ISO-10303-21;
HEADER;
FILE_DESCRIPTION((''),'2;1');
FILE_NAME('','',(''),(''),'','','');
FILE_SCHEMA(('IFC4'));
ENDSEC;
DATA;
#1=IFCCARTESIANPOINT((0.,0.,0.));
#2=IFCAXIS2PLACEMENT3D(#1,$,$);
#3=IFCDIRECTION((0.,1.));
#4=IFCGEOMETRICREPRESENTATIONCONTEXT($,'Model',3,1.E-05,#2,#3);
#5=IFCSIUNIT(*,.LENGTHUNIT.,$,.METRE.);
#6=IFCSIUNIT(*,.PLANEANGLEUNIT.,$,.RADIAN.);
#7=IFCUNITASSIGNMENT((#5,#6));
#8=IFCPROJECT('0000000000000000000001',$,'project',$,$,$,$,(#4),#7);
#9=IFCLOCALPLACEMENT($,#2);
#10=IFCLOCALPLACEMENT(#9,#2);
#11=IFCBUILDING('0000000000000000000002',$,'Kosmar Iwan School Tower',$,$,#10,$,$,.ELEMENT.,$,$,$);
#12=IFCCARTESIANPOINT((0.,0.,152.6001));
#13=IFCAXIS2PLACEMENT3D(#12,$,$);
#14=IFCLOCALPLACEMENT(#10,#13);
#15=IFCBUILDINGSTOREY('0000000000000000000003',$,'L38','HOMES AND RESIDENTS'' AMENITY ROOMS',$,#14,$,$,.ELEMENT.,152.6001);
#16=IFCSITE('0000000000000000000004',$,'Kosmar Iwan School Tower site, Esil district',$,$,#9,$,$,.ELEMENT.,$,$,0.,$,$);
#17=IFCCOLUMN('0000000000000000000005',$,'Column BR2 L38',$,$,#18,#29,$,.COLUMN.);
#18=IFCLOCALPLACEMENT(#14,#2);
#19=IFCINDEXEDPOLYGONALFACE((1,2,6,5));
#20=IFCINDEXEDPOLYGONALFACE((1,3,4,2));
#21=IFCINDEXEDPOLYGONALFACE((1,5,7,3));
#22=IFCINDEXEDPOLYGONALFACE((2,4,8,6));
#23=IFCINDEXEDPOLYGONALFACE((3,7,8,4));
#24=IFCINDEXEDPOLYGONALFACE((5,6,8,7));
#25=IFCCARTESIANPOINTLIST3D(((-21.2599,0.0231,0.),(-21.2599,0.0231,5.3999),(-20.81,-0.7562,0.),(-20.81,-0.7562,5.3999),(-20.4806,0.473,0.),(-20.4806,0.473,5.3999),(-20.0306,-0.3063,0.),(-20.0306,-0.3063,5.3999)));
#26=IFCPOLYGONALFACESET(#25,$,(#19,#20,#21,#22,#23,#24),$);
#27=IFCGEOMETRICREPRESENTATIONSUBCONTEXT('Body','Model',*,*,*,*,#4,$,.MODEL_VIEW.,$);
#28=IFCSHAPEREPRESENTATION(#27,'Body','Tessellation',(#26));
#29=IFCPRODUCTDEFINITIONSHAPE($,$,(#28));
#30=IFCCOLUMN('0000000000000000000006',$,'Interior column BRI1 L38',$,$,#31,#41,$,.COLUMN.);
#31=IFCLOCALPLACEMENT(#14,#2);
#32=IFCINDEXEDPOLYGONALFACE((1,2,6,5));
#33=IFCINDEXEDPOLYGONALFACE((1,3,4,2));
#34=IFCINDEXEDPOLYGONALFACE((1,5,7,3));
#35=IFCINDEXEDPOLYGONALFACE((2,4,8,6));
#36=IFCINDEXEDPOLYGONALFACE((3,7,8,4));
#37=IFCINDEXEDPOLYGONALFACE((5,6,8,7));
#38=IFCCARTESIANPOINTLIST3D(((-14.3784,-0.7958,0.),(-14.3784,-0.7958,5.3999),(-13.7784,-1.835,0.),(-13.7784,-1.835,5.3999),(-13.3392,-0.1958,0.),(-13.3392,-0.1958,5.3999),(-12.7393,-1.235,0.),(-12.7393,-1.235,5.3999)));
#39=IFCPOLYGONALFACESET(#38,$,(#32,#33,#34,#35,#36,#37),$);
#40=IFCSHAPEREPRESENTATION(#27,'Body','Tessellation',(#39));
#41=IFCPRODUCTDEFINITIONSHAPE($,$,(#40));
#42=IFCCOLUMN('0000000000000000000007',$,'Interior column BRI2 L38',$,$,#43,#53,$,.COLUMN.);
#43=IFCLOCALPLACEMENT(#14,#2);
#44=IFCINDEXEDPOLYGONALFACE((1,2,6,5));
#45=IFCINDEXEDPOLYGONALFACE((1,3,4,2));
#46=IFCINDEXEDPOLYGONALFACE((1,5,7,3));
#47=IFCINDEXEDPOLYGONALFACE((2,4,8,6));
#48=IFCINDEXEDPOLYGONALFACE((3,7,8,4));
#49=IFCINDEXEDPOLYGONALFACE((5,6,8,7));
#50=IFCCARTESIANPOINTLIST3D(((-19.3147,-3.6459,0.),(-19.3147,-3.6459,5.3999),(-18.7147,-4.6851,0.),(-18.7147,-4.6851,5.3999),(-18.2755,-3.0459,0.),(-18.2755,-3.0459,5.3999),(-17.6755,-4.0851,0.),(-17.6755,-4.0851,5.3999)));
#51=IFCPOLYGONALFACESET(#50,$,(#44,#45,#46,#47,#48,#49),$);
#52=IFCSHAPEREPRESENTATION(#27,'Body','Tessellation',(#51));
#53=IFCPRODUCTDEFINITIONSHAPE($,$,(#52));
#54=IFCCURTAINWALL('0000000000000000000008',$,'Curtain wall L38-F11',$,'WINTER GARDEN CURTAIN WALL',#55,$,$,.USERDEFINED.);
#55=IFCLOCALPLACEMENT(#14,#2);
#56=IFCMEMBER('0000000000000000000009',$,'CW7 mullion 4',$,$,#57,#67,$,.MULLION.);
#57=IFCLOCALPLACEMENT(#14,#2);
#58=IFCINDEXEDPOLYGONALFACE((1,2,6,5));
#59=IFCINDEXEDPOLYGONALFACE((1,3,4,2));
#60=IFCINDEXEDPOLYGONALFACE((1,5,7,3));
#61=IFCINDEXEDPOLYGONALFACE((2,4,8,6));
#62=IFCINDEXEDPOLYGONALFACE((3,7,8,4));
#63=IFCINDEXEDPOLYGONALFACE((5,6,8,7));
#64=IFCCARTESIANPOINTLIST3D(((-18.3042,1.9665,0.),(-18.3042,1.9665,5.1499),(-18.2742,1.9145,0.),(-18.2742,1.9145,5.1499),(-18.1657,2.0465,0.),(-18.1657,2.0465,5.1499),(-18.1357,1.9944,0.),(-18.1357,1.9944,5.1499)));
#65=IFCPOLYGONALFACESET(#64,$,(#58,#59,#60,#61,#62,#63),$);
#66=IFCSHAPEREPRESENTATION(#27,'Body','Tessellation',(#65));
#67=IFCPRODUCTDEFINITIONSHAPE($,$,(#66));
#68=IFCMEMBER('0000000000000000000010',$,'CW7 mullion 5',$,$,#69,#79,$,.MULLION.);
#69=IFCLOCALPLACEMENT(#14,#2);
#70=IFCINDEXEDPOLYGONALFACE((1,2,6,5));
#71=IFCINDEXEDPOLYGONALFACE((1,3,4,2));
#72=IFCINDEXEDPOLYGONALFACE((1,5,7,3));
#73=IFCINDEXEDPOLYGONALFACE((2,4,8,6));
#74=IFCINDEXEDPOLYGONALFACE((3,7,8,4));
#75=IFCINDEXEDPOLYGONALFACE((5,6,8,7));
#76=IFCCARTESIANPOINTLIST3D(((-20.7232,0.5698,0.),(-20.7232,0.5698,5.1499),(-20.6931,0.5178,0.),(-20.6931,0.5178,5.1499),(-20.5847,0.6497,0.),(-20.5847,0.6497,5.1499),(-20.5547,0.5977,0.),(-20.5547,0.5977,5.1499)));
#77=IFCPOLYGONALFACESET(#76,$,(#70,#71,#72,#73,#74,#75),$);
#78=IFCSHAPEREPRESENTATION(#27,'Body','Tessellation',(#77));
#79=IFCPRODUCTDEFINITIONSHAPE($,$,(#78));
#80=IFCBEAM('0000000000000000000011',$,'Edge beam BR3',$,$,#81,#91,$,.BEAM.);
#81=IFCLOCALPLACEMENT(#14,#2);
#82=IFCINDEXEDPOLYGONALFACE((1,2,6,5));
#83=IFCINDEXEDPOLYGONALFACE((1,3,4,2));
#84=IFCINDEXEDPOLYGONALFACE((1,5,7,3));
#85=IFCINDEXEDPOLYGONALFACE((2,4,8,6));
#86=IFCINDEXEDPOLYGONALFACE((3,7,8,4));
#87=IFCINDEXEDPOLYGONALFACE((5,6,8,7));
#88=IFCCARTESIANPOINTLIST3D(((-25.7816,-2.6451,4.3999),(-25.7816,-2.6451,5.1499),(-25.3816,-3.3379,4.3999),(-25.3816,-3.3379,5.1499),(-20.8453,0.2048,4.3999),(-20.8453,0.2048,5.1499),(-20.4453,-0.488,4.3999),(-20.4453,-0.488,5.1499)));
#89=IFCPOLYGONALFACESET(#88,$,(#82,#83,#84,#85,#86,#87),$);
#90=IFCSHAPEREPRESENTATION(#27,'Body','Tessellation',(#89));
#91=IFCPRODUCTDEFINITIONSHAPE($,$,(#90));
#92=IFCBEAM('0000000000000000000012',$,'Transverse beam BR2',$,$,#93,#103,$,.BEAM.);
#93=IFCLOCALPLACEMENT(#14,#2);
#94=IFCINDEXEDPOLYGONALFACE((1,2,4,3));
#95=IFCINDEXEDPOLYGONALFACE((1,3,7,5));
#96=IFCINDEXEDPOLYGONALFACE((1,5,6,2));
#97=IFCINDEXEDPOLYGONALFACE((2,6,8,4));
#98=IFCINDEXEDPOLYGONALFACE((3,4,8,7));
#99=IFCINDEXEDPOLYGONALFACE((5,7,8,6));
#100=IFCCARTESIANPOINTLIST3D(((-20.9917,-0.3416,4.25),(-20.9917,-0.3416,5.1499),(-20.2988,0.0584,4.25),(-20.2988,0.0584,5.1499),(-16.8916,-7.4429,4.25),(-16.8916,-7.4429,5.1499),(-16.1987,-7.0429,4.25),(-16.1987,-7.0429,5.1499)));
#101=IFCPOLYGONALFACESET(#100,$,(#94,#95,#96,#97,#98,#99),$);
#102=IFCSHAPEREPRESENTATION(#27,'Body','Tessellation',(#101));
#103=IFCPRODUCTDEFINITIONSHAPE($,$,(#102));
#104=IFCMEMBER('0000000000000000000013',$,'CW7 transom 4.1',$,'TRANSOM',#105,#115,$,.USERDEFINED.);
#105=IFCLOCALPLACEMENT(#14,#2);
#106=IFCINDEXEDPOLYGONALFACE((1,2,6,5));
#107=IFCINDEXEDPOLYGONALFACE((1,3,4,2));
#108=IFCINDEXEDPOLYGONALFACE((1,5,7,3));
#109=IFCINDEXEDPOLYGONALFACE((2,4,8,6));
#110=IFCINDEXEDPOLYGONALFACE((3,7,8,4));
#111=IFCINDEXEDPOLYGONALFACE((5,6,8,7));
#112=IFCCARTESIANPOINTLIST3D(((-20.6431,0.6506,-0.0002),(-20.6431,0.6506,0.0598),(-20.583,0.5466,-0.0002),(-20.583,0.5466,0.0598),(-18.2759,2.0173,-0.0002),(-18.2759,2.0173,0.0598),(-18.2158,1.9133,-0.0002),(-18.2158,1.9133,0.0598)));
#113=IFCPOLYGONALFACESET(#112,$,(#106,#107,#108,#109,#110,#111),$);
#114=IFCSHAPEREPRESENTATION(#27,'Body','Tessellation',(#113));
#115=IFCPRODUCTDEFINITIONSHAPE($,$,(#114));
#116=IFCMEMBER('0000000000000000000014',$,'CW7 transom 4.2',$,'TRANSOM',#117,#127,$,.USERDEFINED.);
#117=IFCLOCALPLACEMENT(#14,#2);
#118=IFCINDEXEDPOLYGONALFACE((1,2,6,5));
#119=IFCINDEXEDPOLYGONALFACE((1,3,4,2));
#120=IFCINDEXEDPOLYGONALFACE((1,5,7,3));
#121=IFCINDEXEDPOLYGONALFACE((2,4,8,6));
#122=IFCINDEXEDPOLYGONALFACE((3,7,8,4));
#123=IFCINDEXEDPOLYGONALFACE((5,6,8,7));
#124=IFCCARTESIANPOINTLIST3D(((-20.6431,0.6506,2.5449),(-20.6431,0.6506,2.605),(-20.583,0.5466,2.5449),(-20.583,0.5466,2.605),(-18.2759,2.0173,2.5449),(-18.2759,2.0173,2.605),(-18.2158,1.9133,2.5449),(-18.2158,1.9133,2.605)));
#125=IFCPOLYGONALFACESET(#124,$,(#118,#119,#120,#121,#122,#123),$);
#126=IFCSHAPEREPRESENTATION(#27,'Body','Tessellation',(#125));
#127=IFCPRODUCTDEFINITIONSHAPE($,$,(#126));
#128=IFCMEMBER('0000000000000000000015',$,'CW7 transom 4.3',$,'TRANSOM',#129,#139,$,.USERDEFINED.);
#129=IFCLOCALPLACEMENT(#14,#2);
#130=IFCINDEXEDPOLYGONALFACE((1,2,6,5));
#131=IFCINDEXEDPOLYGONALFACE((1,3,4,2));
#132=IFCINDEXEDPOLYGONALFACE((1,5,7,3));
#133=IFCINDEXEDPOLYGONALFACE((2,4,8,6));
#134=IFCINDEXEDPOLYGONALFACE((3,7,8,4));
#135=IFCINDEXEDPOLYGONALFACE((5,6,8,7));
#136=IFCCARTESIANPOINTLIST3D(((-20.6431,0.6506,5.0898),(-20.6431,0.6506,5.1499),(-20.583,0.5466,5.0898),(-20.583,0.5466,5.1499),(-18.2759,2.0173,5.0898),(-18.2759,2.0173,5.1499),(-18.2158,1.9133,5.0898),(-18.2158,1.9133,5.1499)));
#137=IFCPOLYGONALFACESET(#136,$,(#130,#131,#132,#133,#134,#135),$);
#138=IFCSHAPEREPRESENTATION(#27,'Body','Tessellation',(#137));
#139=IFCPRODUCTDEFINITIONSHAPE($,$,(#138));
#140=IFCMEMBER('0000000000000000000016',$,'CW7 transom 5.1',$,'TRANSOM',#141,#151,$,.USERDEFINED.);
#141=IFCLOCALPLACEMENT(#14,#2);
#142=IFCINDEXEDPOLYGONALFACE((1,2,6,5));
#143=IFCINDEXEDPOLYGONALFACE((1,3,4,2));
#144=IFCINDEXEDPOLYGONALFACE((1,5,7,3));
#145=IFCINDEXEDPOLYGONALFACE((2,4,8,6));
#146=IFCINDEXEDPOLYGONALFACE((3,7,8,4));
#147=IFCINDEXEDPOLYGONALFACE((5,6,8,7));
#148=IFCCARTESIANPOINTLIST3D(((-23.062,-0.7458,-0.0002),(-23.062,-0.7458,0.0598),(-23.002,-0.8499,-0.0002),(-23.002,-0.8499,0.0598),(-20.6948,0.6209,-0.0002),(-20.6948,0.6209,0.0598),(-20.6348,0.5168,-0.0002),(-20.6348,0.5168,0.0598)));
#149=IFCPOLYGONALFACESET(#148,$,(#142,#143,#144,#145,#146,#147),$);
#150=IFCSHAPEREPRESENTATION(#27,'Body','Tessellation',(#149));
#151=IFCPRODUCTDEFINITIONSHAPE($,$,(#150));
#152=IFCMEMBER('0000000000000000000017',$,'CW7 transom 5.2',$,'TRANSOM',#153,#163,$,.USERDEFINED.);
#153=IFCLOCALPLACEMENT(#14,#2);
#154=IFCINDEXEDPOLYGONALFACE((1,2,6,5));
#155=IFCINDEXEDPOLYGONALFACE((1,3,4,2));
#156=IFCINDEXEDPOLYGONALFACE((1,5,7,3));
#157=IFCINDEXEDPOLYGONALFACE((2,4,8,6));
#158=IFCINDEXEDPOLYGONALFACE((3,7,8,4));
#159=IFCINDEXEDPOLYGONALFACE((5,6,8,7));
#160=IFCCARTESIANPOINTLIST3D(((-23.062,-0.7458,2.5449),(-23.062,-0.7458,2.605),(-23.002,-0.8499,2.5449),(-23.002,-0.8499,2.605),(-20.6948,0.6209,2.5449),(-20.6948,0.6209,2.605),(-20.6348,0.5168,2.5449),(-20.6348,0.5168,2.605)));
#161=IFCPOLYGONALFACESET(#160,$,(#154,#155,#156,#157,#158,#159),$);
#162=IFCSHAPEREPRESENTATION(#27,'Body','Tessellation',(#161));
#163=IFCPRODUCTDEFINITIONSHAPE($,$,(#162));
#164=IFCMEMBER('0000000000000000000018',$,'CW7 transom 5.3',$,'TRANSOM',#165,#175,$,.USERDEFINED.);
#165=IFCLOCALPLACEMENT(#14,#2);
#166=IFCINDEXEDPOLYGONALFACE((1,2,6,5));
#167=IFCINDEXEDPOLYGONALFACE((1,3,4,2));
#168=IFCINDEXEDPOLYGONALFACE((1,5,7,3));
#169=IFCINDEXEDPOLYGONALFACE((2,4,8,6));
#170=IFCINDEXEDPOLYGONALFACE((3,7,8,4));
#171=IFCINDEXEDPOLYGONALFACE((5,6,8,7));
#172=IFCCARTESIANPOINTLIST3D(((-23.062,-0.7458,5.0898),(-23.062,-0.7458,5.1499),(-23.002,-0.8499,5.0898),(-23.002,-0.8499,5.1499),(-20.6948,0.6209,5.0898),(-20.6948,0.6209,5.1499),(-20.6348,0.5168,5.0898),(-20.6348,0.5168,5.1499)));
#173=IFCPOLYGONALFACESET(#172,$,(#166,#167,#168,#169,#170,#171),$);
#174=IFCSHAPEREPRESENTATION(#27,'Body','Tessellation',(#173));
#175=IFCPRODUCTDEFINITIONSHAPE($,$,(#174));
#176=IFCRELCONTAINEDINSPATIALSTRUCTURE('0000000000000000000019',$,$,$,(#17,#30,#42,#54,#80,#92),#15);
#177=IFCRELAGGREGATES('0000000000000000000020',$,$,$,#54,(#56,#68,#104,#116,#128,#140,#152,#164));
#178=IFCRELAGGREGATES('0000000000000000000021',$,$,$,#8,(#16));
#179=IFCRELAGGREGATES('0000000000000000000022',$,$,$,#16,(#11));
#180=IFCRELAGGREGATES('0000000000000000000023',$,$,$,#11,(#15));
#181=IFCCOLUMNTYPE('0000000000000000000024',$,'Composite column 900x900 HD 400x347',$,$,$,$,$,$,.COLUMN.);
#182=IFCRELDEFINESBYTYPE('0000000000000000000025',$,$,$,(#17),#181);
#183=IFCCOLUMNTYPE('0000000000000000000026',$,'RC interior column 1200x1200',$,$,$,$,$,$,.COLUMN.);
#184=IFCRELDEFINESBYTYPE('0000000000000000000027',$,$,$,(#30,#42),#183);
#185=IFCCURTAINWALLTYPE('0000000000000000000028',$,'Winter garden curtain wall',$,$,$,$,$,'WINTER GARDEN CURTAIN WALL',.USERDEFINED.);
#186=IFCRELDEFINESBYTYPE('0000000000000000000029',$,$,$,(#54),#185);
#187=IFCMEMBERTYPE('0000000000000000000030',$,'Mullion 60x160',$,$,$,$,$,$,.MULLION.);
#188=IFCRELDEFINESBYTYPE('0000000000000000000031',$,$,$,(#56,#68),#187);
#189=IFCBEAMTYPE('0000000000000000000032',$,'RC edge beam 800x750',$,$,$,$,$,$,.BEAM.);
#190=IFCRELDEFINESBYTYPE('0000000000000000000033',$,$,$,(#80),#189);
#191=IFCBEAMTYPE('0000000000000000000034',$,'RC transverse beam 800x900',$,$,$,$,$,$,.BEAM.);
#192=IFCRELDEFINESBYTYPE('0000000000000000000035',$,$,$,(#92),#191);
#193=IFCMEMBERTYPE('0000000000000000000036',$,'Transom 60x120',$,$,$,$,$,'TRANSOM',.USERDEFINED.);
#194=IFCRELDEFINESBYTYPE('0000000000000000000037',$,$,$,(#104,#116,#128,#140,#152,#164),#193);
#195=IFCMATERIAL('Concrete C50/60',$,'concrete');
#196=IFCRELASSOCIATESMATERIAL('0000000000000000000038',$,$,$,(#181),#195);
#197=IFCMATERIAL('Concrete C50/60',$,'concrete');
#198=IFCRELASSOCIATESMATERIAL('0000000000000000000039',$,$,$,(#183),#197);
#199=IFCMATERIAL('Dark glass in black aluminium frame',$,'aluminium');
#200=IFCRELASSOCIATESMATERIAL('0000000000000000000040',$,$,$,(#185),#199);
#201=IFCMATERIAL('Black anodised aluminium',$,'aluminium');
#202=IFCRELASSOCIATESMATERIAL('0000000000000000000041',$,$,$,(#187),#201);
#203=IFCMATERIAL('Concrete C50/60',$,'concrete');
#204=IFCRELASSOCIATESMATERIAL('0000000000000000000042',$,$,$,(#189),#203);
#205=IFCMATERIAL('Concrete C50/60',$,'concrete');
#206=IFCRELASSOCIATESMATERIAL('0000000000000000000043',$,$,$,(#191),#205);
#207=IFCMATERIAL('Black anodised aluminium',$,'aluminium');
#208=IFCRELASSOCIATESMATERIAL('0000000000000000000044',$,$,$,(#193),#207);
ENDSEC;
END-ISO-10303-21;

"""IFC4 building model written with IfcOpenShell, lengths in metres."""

from ifc_helpers import new_model, si_unit, direction, frame, origin, origin_2d, place, context, subcontext, project, spatial, rectangle, extrude, material, material_profile, profile_set, type_object, element, aggregate, save


model = new_model("IFC4")

# Units and contexts
model_context = context("Model", 3, precision=1e-05, world=origin(), true_north=direction((0.0, 1.0)))
body_context = subcontext(model_context, "Body", "Model", "MODEL_VIEW")
ifc_project = project(units=[si_unit("LENGTHUNIT", "METRE"), si_unit("PLANEANGLEUNIT", "RADIAN")], contexts=[model_context])

# Site, building, storey
site_placement = place(None, origin())
site = spatial("IfcSite", under=ifc_project, at=site_placement, Name="Kosmar Iwan School Tower site, Esil district", CompositionType="ELEMENT", RefElevation=0.0)
building_placement = place(site_placement, origin())
building = spatial("IfcBuilding", under=site, at=building_placement, Name="Kosmar Iwan School Tower", CompositionType="ELEMENT")
storey_placement = place(building_placement, frame((0.0, 0.0, 152.6001)))
storey = spatial("IfcBuildingStorey", under=building, at=storey_placement, Name="L38", Description="HOMES AND RESIDENTS' AMENITY ROOMS", CompositionType="ELEMENT", Elevation=152.6001)

# Columns
ifc_material_1 = material(Name="Concrete C50/60", Category="concrete")
ifc_material_profile_1 = material_profile(ifc_material_1, rectangle(XDim=0.8999, YDim=0.8999, at=origin_2d()), Name="RC 900x900 + HD 400x347")
ifc_profile_set_1 = profile_set([ifc_material_profile_1], Name="Concrete C50/60")
column_type_1 = type_object("IfcColumnType", Name="Composite column 900x900 HD 400x347", PredefinedType="COLUMN", material=ifc_profile_set_1)
column_placement = place(storey_placement, frame((-20.6453, -0.1416, 0.0), z_axis=(0.0, 0.0, 1.0), x_axis=(-0.866025, -0.5, 0.0)))
element("IfcColumn", 1, at=column_placement, inside=storey, type_object=column_type_1, Name="Column BR2 L38", PredefinedType="COLUMN", context=body_context, shape_type="SweptSolid", body=[
    extrude(rectangle(XDim=0.8999, YDim=0.8999, at=origin_2d()), origin(), (0.0, 0.0, 1.0), 5.3999),
])
ifc_material_2 = material(Name="Concrete C50/60", Category="concrete")
ifc_material_profile_2 = material_profile(ifc_material_2, rectangle(XDim=1.2, YDim=1.2, at=origin_2d()), Name="RC 1200x1200")
ifc_profile_set_2 = profile_set([ifc_material_profile_2], Name="Concrete C50/60")
column_type_2 = type_object("IfcColumnType", Name="RC interior column 1200x1200", PredefinedType="COLUMN", material=ifc_profile_set_2)
for number, where, z_axis, x_axis, name in (
    (2, (-13.5588, -1.0154, 0.0), (0.0, 0.0, 1.0), (-0.866025, -0.5, 0.0), "Interior column BRI1 L38"),
    (3, (-18.4951, -3.8655, 0.0), (0.0, 0.0, 1.0), (-0.866025, -0.5, 0.0), "Interior column BRI2 L38"),
):
    element("IfcColumn", number, at=place(storey_placement, frame(where, z_axis=z_axis, x_axis=x_axis)), inside=storey, type_object=column_type_2, Name=name, PredefinedType="COLUMN", context=body_context, shape_type="SweptSolid", body=[
        extrude(rectangle(XDim=1.2, YDim=1.2, at=origin_2d()), origin(), (0.0, 0.0, 1.0), 5.3999),
    ])

# Curtain wall, members
ifc_material_3 = material(Name="Dark glass in black aluminium frame", Category="aluminium")
curtain_wall_type = type_object("IfcCurtainWallType", Name="Winter garden curtain wall", ElementType="WINTER GARDEN CURTAIN WALL", PredefinedType="USERDEFINED", material=ifc_material_3)
curtain_wall_placement = place(storey_placement, origin())
curtain_wall = element("IfcCurtainWall", 4, at=curtain_wall_placement, inside=storey, type_object=curtain_wall_type, Name="Curtain wall L38-F11", ObjectType="WINTER GARDEN CURTAIN WALL", PredefinedType="USERDEFINED")
ifc_material_4 = material(Name="Black anodised aluminium", Category="aluminium")
ifc_material_profile_3 = material_profile(ifc_material_4, rectangle(XDim=0.0601, YDim=0.1599, at=origin_2d()), Name="MULLION 60x160")
ifc_profile_set_3 = profile_set([ifc_material_profile_3], Name="Black anodised aluminium")
member_type_1 = type_object("IfcMemberType", Name="Mullion 60x160", PredefinedType="MULLION", material=ifc_profile_set_3)
member_1_placement = place(storey_placement, frame((-18.22, 1.9805, 0.0), z_axis=(0.0, 0.0, 1.0), x_axis=(0.5, -0.866025, 0.0)))
member_1 = element("IfcMember", 5, at=member_1_placement, type_object=member_type_1, Name="CW7 mullion 4", PredefinedType="MULLION", context=body_context, shape_type="SweptSolid", body=[
    extrude(rectangle(XDim=0.0601, YDim=0.1599, at=origin_2d()), origin(), (0.0, 0.0, 1.0), 5.1499),
])
member_2_placement = place(storey_placement, frame((-20.6389, 0.5837, 0.0), z_axis=(0.0, 0.0, 1.0), x_axis=(0.5, -0.866025, 0.0)))
member_2 = element("IfcMember", 6, at=member_2_placement, type_object=member_type_1, Name="CW7 mullion 5", PredefinedType="MULLION", context=body_context, shape_type="SweptSolid", body=[
    extrude(rectangle(XDim=0.0601, YDim=0.1599, at=origin_2d()), origin(), (0.0, 0.0, 1.0), 5.1499),
])

# Beams
ifc_material_5 = material(Name="Concrete C50/60", Category="concrete")
ifc_material_profile_4 = material_profile(ifc_material_5, rectangle(XDim=0.8, YDim=0.75, at=origin_2d()), Name="RC 800x750")
ifc_profile_set_4 = profile_set([ifc_material_profile_4], Name="Concrete C50/60")
beam_type_1 = type_object("IfcBeamType", Name="RC edge beam 800x750", PredefinedType="BEAM", material=ifc_profile_set_4)
beam_1_placement = place(storey_placement, frame((-20.6453, -0.1416, 4.7749), z_axis=(-0.866034, -0.499986, 0.0), x_axis=(0.499986, -0.866034, 0.0)))
element("IfcBeam", 7, at=beam_1_placement, inside=storey, type_object=beam_type_1, Name="Edge beam BR3", PredefinedType="BEAM", context=body_context, shape_type="SweptSolid", body=[
    extrude(rectangle(XDim=0.8, YDim=0.75, at=origin_2d()), origin(), (0.0, 0.0, 1.0), 5.7),
])
ifc_material_6 = material(Name="Concrete C50/60", Category="concrete")
ifc_material_profile_5 = material_profile(ifc_material_6, rectangle(XDim=0.8, YDim=0.8999, at=origin_2d()), Name="RC 800x900")
ifc_profile_set_5 = profile_set([ifc_material_profile_5], Name="Concrete C50/60")
beam_type_2 = type_object("IfcBeamType", Name="RC transverse beam 800x900", PredefinedType="BEAM", material=ifc_profile_set_5)
beam_2_placement = place(storey_placement, frame((-20.6453, -0.1416, 4.7), z_axis=(0.500014, -0.866018, 0.0), x_axis=(0.866018, 0.500014, 0.0)))
element("IfcBeam", 8, at=beam_2_placement, inside=storey, type_object=beam_type_2, Name="Transverse beam BR2", PredefinedType="BEAM", context=body_context, shape_type="SweptSolid", body=[
    extrude(rectangle(XDim=0.8, YDim=0.8999, at=origin_2d()), origin(), (0.0, 0.0, 1.0), 8.2),
])

# Members
ifc_material_7 = material(Name="Black anodised aluminium", Category="aluminium")
ifc_material_profile_6 = material_profile(ifc_material_7, rectangle(XDim=0.1201, YDim=0.0601, at=origin_2d()), Name="TRANSOM 60x120")
ifc_profile_set_6 = profile_set([ifc_material_profile_6], Name="Black anodised aluminium")
member_type_2 = type_object("IfcMemberType", Name="Transom 60x120", ElementType="TRANSOM", PredefinedType="USERDEFINED", material=ifc_profile_set_6)
member_3_placement = place(storey_placement, frame((-18.2458, 1.9653, 0.0298), z_axis=(-0.866025, -0.500001, 0.0), x_axis=(0.500001, -0.866025, 0.0)))
member_3 = element("IfcMember", 9, at=member_3_placement, type_object=member_type_2, Name="CW7 transom 4.1", ObjectType="TRANSOM", PredefinedType="USERDEFINED", context=body_context, shape_type="SweptSolid", body=[
    extrude(rectangle(XDim=0.1201, YDim=0.0601, at=origin_2d()), origin(), (0.0, 0.0, 1.0), 2.7334),
])
member_4_placement = place(storey_placement, frame((-18.2458, 1.9653, 2.575), z_axis=(-0.866025, -0.500001, 0.0), x_axis=(0.500001, -0.866025, 0.0)))
member_4 = element("IfcMember", 10, at=member_4_placement, type_object=member_type_2, Name="CW7 transom 4.2", ObjectType="TRANSOM", PredefinedType="USERDEFINED", context=body_context, shape_type="SweptSolid", body=[
    extrude(rectangle(XDim=0.1201, YDim=0.0601, at=origin_2d()), origin(), (0.0, 0.0, 1.0), 2.7334),
])
member_5_placement = place(storey_placement, frame((-18.2458, 1.9653, 5.1199), z_axis=(-0.866025, -0.500001, 0.0), x_axis=(0.500001, -0.866025, 0.0)))
member_5 = element("IfcMember", 11, at=member_5_placement, type_object=member_type_2, Name="CW7 transom 4.3", ObjectType="TRANSOM", PredefinedType="USERDEFINED", context=body_context, shape_type="SweptSolid", body=[
    extrude(rectangle(XDim=0.1201, YDim=0.0601, at=origin_2d()), origin(), (0.0, 0.0, 1.0), 2.7334),
])
member_6_placement = place(storey_placement, frame((-20.6648, 0.5688, 0.0298), z_axis=(-0.866025, -0.500001, 0.0), x_axis=(0.500001, -0.866025, 0.0)))
member_6 = element("IfcMember", 12, at=member_6_placement, type_object=member_type_2, Name="CW7 transom 5.1", ObjectType="TRANSOM", PredefinedType="USERDEFINED", context=body_context, shape_type="SweptSolid", body=[
    extrude(rectangle(XDim=0.1201, YDim=0.0601, at=origin_2d()), origin(), (0.0, 0.0, 1.0), 2.7334),
])
member_7_placement = place(storey_placement, frame((-20.6648, 0.5688, 2.575), z_axis=(-0.866025, -0.500001, 0.0), x_axis=(0.500001, -0.866025, 0.0)))
member_7 = element("IfcMember", 13, at=member_7_placement, type_object=member_type_2, Name="CW7 transom 5.2", ObjectType="TRANSOM", PredefinedType="USERDEFINED", context=body_context, shape_type="SweptSolid", body=[
    extrude(rectangle(XDim=0.1201, YDim=0.0601, at=origin_2d()), origin(), (0.0, 0.0, 1.0), 2.7334),
])
member_8_placement = place(storey_placement, frame((-20.6648, 0.5688, 5.1199), z_axis=(-0.866025, -0.500001, 0.0), x_axis=(0.500001, -0.866025, 0.0)))
member_8 = element("IfcMember", 14, at=member_8_placement, type_object=member_type_2, Name="CW7 transom 5.3", ObjectType="TRANSOM", PredefinedType="USERDEFINED", context=body_context, shape_type="SweptSolid", body=[
    extrude(rectangle(XDim=0.1201, YDim=0.0601, at=origin_2d()), origin(), (0.0, 0.0, 1.0), 2.7334),
])

aggregate(curtain_wall, [member_1, member_2, member_3, member_4, member_5, member_6, member_7, member_8])

save(model, "model.ifc")
